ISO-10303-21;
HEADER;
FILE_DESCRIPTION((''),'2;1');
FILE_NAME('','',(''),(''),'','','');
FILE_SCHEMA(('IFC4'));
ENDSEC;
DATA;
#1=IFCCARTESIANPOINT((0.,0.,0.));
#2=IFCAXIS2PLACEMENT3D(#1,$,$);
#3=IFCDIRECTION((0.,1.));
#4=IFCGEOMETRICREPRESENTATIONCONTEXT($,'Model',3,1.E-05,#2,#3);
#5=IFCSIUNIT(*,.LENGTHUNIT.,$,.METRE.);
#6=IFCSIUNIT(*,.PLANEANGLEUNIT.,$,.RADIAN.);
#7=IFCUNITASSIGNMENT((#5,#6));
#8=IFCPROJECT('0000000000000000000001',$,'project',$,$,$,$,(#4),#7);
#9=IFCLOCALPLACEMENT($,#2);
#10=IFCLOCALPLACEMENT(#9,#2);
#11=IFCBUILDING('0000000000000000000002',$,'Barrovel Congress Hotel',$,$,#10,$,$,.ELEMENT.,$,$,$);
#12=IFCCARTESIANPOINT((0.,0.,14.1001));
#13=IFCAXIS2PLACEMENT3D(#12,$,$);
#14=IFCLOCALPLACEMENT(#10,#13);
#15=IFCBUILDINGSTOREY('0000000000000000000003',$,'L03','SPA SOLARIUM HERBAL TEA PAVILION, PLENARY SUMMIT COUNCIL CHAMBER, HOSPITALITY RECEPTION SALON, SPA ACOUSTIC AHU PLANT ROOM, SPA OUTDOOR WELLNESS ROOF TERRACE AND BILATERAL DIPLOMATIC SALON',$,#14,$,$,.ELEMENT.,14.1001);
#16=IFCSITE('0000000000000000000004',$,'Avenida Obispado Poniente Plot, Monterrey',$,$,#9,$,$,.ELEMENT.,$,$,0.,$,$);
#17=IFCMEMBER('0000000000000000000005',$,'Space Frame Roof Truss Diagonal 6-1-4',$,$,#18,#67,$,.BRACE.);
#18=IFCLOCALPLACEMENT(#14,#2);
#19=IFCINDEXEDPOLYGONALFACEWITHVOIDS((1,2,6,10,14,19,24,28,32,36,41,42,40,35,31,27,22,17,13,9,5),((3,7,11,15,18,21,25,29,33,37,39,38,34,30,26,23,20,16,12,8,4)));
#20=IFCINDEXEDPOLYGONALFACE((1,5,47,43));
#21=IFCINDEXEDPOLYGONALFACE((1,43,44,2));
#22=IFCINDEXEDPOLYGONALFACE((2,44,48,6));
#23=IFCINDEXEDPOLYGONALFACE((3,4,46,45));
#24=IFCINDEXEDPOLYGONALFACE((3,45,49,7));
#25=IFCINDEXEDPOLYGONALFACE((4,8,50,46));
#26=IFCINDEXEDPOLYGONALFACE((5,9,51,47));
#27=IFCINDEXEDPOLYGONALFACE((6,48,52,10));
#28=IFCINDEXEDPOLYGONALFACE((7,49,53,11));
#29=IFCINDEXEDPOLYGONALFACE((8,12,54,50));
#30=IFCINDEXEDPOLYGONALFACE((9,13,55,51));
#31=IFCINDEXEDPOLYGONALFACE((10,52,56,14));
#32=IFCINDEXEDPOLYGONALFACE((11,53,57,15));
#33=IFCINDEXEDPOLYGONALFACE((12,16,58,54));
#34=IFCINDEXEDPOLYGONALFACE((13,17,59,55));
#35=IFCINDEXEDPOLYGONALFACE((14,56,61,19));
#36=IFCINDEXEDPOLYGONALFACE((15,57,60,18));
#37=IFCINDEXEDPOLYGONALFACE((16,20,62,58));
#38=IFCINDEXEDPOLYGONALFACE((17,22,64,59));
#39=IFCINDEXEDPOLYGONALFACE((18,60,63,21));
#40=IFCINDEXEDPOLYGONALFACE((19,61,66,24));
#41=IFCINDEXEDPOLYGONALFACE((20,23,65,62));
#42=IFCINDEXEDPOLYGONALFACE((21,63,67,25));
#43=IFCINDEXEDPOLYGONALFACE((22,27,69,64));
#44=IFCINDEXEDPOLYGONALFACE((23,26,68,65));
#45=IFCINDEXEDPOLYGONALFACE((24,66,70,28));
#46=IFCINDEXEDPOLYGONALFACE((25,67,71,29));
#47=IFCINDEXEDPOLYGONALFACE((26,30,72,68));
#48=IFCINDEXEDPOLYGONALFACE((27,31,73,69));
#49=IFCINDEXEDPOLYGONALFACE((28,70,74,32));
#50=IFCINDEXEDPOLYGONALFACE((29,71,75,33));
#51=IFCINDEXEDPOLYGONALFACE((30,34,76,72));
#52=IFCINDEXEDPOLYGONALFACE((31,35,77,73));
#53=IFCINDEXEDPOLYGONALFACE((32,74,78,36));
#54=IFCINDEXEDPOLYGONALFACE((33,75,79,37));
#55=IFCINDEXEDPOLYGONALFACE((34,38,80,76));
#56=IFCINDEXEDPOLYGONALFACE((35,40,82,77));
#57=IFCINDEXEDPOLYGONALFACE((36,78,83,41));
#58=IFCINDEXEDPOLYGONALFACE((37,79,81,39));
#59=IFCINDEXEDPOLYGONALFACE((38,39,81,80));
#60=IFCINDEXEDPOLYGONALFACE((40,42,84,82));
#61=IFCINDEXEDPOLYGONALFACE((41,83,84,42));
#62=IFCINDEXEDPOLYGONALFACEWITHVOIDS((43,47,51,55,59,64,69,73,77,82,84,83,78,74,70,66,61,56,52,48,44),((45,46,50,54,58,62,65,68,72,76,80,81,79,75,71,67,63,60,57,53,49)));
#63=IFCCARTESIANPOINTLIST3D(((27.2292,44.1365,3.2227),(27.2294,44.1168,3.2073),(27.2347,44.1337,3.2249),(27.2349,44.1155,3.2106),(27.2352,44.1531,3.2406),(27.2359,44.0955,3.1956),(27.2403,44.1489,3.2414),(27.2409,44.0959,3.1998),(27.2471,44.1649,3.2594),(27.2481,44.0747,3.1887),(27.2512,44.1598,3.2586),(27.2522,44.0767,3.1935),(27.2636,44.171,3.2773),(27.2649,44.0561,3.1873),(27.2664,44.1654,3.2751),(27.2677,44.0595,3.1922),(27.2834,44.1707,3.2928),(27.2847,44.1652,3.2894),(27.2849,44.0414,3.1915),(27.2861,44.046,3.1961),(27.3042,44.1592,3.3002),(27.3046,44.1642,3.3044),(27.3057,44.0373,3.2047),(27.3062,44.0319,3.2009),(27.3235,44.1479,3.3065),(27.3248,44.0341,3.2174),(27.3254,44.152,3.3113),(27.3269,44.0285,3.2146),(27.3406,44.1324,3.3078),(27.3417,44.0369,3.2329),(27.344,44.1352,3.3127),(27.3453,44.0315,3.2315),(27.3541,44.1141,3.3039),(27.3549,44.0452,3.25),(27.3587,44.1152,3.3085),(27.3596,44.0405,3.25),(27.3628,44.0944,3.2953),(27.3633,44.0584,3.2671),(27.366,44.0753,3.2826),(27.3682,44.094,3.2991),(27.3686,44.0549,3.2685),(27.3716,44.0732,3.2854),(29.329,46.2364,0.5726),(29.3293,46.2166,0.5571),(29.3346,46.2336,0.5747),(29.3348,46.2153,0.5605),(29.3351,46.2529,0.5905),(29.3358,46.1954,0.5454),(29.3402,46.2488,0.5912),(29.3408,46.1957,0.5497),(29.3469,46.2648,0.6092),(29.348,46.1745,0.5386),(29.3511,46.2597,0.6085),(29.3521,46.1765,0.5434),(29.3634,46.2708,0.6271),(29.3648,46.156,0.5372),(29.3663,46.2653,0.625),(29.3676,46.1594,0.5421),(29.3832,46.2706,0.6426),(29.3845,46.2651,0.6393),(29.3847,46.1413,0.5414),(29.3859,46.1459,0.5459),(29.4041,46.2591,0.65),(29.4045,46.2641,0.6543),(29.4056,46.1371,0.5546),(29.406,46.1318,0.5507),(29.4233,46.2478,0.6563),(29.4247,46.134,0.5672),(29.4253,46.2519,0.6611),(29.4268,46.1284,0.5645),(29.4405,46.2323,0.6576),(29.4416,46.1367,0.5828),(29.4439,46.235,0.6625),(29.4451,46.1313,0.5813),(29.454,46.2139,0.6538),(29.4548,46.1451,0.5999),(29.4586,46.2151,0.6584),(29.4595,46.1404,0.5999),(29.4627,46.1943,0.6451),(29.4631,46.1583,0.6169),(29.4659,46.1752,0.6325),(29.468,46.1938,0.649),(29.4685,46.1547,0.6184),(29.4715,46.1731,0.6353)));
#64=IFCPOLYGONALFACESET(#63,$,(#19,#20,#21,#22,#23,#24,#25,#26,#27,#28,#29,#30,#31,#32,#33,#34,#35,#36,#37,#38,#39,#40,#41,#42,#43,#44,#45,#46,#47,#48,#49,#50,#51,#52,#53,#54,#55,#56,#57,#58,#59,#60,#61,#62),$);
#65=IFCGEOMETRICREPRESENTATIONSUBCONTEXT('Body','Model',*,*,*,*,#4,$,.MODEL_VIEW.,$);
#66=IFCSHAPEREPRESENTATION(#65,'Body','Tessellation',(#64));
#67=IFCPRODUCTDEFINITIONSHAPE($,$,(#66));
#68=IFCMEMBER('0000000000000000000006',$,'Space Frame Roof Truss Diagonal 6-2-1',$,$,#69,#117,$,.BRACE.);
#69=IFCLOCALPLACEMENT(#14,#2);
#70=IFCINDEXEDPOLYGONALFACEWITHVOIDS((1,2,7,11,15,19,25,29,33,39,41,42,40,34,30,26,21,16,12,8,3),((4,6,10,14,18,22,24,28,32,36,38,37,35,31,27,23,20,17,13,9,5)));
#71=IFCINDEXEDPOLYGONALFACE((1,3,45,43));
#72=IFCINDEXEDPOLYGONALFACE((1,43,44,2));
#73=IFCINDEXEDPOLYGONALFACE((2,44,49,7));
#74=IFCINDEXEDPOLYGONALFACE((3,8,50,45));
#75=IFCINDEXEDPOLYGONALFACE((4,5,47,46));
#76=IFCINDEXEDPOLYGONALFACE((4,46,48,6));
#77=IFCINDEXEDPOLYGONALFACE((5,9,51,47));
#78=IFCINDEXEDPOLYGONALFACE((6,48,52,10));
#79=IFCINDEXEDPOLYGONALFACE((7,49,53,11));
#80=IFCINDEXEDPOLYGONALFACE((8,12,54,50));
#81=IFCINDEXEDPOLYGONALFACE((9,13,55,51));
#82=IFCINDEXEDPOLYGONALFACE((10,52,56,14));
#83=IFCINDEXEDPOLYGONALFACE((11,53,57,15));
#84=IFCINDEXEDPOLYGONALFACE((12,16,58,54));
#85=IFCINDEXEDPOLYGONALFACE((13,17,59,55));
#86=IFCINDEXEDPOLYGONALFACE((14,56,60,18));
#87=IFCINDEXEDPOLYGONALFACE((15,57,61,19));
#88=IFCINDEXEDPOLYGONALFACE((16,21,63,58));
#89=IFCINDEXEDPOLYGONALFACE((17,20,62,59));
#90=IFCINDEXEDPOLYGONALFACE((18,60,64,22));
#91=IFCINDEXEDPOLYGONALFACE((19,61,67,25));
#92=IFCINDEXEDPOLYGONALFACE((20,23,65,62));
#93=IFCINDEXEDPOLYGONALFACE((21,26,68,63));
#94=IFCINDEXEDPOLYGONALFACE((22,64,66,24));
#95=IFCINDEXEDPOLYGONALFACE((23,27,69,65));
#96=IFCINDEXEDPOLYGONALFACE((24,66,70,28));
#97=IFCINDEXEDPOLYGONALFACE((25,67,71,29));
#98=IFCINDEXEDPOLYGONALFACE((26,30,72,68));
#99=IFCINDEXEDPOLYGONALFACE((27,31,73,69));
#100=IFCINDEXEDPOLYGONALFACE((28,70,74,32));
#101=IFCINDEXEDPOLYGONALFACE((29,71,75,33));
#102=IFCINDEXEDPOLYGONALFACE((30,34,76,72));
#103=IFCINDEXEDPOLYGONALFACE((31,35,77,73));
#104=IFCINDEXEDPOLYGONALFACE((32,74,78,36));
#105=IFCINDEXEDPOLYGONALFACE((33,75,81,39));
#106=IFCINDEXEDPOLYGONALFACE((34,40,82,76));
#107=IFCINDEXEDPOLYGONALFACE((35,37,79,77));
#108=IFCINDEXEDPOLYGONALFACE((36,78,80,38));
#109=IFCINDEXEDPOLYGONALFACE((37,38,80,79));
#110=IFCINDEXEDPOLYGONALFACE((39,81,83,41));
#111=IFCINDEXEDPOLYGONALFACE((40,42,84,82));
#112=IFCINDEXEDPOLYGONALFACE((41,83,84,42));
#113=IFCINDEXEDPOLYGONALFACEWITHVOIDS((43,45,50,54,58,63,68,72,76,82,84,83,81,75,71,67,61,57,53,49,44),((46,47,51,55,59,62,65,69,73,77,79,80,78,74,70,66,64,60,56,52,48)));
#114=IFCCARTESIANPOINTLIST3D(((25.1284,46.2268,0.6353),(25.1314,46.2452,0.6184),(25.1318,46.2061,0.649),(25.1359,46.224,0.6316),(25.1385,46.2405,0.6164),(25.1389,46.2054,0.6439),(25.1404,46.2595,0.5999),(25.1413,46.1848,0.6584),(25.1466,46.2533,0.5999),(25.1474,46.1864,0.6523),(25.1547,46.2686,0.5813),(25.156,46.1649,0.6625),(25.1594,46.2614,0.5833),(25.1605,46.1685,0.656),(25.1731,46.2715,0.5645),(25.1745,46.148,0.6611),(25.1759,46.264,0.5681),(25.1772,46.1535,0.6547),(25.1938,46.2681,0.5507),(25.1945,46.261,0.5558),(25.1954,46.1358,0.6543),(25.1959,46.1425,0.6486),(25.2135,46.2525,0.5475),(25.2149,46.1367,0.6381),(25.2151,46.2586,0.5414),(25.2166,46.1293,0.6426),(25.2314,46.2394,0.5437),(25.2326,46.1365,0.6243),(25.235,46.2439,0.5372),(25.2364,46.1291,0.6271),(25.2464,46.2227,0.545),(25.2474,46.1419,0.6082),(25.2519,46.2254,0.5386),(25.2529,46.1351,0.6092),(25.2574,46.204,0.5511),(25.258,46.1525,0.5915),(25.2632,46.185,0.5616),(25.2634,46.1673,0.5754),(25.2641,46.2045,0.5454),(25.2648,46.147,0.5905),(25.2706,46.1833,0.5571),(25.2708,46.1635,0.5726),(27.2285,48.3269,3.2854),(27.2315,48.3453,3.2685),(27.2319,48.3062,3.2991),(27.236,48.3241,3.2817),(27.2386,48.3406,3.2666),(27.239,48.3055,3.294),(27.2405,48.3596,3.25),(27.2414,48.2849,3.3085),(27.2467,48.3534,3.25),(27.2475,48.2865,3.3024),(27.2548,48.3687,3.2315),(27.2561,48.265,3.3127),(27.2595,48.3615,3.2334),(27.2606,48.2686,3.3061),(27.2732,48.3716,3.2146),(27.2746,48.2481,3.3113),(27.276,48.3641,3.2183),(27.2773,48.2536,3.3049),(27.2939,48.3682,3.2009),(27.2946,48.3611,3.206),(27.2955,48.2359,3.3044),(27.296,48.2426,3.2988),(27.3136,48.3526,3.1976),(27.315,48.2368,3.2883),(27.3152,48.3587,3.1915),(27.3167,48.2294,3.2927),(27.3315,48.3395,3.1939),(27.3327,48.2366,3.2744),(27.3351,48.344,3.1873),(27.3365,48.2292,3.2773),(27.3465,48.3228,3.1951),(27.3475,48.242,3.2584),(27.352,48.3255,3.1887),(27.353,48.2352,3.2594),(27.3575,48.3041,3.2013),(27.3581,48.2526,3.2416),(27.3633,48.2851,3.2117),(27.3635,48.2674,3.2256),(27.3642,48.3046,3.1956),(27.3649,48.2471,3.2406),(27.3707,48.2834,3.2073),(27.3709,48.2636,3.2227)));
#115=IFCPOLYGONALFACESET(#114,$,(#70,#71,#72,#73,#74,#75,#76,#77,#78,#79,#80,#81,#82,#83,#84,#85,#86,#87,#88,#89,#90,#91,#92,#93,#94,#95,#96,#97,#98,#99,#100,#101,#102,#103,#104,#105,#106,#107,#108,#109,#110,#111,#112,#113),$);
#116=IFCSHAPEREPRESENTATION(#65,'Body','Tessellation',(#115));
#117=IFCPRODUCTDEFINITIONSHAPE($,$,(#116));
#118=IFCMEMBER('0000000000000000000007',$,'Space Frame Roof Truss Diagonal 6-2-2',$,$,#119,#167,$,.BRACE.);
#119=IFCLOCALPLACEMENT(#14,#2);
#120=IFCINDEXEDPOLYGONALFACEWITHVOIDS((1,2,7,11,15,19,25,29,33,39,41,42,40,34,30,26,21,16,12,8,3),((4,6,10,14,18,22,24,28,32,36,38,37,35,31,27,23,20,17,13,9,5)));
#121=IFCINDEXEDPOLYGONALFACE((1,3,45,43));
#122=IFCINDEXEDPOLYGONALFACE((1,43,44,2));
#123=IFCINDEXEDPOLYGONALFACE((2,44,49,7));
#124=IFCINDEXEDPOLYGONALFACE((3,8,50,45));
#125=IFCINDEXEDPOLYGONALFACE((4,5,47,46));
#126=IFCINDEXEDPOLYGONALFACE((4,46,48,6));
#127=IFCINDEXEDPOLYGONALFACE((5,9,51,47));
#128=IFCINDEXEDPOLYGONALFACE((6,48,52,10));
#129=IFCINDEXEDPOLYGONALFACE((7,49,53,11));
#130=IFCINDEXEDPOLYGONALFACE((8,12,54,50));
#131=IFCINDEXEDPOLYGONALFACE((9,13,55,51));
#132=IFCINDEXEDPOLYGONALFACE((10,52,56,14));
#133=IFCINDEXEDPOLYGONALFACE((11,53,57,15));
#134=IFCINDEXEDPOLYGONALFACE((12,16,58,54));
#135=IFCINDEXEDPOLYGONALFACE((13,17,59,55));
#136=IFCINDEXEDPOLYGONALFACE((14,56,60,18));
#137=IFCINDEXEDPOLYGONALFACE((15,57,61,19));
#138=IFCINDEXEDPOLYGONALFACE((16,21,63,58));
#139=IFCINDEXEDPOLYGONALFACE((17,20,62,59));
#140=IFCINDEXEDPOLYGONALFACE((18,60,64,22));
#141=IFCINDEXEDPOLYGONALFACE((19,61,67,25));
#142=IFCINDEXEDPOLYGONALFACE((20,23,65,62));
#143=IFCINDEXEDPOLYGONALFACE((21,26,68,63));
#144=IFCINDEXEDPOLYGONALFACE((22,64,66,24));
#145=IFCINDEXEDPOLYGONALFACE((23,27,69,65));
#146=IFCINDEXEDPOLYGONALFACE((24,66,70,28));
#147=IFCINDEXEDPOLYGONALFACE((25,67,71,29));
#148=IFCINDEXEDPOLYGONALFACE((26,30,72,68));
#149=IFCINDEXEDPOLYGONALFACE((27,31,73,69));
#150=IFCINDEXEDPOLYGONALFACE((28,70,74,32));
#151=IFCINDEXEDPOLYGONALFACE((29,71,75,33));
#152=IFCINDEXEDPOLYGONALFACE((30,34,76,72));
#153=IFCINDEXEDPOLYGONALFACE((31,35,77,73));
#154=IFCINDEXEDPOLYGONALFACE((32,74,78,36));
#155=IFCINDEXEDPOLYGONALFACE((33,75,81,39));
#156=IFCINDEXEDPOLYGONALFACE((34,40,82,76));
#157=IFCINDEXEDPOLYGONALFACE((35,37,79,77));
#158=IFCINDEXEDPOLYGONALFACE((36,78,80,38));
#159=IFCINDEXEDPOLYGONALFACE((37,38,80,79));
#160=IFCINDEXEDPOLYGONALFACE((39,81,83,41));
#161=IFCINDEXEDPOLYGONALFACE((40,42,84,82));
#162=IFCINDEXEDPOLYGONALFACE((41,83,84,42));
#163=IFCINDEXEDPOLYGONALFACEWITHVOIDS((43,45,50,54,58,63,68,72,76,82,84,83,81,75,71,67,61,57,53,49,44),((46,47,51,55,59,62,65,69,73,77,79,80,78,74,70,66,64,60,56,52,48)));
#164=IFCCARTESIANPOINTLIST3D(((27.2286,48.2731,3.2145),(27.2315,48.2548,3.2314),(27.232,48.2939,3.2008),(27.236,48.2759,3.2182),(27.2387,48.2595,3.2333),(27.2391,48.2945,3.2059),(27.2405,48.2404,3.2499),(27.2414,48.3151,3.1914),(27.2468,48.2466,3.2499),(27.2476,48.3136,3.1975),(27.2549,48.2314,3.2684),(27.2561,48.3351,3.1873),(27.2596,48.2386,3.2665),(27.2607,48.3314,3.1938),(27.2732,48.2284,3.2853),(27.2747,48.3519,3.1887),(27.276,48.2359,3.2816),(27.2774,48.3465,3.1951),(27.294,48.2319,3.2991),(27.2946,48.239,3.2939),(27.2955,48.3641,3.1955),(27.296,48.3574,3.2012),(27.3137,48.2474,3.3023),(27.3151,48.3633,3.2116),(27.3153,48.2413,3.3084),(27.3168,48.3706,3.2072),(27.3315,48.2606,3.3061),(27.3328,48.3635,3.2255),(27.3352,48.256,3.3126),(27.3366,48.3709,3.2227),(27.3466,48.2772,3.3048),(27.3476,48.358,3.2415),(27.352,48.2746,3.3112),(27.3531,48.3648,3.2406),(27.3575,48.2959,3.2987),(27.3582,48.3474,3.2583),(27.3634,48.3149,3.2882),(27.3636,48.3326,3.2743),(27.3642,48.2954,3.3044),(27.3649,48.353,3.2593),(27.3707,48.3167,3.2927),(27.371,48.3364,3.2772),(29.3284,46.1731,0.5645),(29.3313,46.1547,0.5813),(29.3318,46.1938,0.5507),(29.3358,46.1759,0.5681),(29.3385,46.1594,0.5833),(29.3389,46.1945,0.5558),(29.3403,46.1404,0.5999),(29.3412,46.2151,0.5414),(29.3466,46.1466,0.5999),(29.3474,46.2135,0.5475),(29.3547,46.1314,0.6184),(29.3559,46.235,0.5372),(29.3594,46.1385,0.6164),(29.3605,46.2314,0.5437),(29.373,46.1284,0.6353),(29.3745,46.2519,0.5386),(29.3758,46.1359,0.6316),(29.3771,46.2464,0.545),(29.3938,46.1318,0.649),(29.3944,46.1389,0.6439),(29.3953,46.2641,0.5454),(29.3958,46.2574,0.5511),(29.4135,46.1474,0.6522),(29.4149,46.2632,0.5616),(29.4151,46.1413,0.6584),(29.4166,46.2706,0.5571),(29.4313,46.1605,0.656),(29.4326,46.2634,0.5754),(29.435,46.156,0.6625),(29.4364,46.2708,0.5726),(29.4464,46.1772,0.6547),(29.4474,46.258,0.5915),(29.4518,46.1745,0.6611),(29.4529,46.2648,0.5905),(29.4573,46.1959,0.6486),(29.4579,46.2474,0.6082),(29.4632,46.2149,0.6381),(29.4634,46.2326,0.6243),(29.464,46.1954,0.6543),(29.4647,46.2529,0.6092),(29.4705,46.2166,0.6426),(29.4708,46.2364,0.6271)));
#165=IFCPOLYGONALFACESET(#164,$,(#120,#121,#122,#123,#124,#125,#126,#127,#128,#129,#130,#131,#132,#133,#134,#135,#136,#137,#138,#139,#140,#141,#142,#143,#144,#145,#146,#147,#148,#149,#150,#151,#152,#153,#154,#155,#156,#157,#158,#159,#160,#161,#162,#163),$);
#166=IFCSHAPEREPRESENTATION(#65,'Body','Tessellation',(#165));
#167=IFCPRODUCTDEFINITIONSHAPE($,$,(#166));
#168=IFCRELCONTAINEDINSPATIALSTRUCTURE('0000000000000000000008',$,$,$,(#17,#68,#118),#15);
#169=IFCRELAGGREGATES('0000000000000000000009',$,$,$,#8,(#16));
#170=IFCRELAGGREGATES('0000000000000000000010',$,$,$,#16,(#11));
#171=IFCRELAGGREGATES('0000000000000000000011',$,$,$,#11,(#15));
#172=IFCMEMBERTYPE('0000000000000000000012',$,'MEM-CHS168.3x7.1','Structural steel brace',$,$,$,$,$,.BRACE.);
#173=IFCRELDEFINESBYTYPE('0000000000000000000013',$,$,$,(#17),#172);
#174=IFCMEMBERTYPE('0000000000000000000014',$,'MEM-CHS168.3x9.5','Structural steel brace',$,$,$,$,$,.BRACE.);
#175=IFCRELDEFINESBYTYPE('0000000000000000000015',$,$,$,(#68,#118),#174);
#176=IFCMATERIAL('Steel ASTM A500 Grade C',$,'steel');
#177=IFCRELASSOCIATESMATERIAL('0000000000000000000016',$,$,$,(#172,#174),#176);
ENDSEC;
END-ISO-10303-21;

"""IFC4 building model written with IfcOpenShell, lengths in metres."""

from ifc_helpers import new_model, si_unit, direction, frame, origin, origin_2d, place, context, subcontext, project, spatial, hollow_circle, extrude, material, material_profile, profile_set, type_object, element, save


model = new_model("IFC4")

# Units and contexts
model_context = context("Model", 3, precision=1e-05, world=origin(), true_north=direction((0.0, 1.0)))
body_context = subcontext(model_context, "Body", "Model", "MODEL_VIEW")
ifc_project = project(units=[si_unit("LENGTHUNIT", "METRE"), si_unit("PLANEANGLEUNIT", "RADIAN")], contexts=[model_context])

# Site, building, storey
site_placement = place(None, origin())
site = spatial("IfcSite", under=ifc_project, at=site_placement, Name="Avenida Obispado Poniente Plot, Monterrey", CompositionType="ELEMENT", RefElevation=0.0)
building_placement = place(site_placement, origin())
building = spatial("IfcBuilding", under=site, at=building_placement, Name="Barrovel Congress Hotel", CompositionType="ELEMENT")
storey_placement = place(building_placement, frame((0.0, 0.0, 14.1001)))
storey = spatial("IfcBuildingStorey", under=building, at=storey_placement, Name="L03", Description="SPA SOLARIUM HERBAL TEA PAVILION, PLENARY SUMMIT COUNCIL CHAMBER, HOSPITALITY RECEPTION SALON, SPA ACOUSTIC AHU PLANT ROOM, SPA OUTDOOR WELLNESS ROOF TERRACE AND BILATERAL DIPLOMATIC SALON", CompositionType="ELEMENT", Elevation=14.1001)

# Members
ifc_material_1 = material(Name="Steel ASTM A500 Grade C", Category="steel")
ifc_material_profile_1 = material_profile(ifc_material_1, hollow_circle(Radius=0.0842, WallThickness=0.0066, at=origin_2d()), Name="CHS168.3x7.1")
ifc_profile_set_1 = profile_set([ifc_material_profile_1], Name="Steel ASTM A500 Grade C")
member_type_1 = type_object("IfcMemberType", Name="MEM-CHS168.3x7.1", Description="Structural steel brace", PredefinedType="BRACE", material=ifc_profile_set_1)
for number, where, z_axis, x_axis, name in (
    (1, (29.3999, 46.2, 0.5999), (-0.527574, -0.527574, 0.665831), (0.707107, -0.707107, 0.0), "Space Frame Roof Truss Diagonal 6-1-4"),
):
    element("IfcMember", number, at=place(storey_placement, frame(where, z_axis=z_axis, x_axis=x_axis)), inside=storey, type_object=member_type_1, Name=name, PredefinedType="BRACE", context=body_context, shape_type="SweptSolid", body=[
        extrude(hollow_circle(Radius=0.0842, WallThickness=0.0066, at=origin_2d()), origin(), (0.0, 0.0, 1.0), 3.9802),
    ])
ifc_material_profile_2 = material_profile(ifc_material_1, hollow_circle(Radius=0.0842, WallThickness=0.0088, at=origin_2d()), Name="CHS168.3x9.5")
ifc_profile_set_2 = profile_set([ifc_material_profile_2], Name="Steel ASTM A500 Grade C")
member_type_2 = type_object("IfcMemberType", Name="MEM-CHS168.3x9.5", Description="Structural steel brace", PredefinedType="BRACE", material=ifc_profile_set_2)
member_1_placement = place(storey_placement, frame((25.2, 46.2, 0.5999), z_axis=(0.527601, 0.527601, 0.665788), x_axis=(-0.707107, 0.707107, 0.0)))
element("IfcMember", 2, at=member_1_placement, inside=storey, type_object=member_type_2, Name="Space Frame Roof Truss Diagonal 6-2-1", PredefinedType="BRACE", context=body_context, shape_type="SweptSolid", body=[
    extrude(hollow_circle(Radius=0.0842, WallThickness=0.0088, at=origin_2d()), origin(), (0.0, 0.0, 1.0), 3.9805),
])
member_2_placement = place(storey_placement, frame((29.3999, 46.2, 0.5999), z_axis=(-0.527557, 0.527618, 0.66581), x_axis=(-0.707148, -0.707066, 0.0)))
element("IfcMember", 3, at=member_2_placement, inside=storey, type_object=member_type_2, Name="Space Frame Roof Truss Diagonal 6-2-2", PredefinedType="BRACE", context=body_context, shape_type="SweptSolid", body=[
    extrude(hollow_circle(Radius=0.0842, WallThickness=0.0088, at=origin_2d()), origin(), (0.0, 0.0, 1.0), 3.9802),
])

save(model, "model.ifc")
